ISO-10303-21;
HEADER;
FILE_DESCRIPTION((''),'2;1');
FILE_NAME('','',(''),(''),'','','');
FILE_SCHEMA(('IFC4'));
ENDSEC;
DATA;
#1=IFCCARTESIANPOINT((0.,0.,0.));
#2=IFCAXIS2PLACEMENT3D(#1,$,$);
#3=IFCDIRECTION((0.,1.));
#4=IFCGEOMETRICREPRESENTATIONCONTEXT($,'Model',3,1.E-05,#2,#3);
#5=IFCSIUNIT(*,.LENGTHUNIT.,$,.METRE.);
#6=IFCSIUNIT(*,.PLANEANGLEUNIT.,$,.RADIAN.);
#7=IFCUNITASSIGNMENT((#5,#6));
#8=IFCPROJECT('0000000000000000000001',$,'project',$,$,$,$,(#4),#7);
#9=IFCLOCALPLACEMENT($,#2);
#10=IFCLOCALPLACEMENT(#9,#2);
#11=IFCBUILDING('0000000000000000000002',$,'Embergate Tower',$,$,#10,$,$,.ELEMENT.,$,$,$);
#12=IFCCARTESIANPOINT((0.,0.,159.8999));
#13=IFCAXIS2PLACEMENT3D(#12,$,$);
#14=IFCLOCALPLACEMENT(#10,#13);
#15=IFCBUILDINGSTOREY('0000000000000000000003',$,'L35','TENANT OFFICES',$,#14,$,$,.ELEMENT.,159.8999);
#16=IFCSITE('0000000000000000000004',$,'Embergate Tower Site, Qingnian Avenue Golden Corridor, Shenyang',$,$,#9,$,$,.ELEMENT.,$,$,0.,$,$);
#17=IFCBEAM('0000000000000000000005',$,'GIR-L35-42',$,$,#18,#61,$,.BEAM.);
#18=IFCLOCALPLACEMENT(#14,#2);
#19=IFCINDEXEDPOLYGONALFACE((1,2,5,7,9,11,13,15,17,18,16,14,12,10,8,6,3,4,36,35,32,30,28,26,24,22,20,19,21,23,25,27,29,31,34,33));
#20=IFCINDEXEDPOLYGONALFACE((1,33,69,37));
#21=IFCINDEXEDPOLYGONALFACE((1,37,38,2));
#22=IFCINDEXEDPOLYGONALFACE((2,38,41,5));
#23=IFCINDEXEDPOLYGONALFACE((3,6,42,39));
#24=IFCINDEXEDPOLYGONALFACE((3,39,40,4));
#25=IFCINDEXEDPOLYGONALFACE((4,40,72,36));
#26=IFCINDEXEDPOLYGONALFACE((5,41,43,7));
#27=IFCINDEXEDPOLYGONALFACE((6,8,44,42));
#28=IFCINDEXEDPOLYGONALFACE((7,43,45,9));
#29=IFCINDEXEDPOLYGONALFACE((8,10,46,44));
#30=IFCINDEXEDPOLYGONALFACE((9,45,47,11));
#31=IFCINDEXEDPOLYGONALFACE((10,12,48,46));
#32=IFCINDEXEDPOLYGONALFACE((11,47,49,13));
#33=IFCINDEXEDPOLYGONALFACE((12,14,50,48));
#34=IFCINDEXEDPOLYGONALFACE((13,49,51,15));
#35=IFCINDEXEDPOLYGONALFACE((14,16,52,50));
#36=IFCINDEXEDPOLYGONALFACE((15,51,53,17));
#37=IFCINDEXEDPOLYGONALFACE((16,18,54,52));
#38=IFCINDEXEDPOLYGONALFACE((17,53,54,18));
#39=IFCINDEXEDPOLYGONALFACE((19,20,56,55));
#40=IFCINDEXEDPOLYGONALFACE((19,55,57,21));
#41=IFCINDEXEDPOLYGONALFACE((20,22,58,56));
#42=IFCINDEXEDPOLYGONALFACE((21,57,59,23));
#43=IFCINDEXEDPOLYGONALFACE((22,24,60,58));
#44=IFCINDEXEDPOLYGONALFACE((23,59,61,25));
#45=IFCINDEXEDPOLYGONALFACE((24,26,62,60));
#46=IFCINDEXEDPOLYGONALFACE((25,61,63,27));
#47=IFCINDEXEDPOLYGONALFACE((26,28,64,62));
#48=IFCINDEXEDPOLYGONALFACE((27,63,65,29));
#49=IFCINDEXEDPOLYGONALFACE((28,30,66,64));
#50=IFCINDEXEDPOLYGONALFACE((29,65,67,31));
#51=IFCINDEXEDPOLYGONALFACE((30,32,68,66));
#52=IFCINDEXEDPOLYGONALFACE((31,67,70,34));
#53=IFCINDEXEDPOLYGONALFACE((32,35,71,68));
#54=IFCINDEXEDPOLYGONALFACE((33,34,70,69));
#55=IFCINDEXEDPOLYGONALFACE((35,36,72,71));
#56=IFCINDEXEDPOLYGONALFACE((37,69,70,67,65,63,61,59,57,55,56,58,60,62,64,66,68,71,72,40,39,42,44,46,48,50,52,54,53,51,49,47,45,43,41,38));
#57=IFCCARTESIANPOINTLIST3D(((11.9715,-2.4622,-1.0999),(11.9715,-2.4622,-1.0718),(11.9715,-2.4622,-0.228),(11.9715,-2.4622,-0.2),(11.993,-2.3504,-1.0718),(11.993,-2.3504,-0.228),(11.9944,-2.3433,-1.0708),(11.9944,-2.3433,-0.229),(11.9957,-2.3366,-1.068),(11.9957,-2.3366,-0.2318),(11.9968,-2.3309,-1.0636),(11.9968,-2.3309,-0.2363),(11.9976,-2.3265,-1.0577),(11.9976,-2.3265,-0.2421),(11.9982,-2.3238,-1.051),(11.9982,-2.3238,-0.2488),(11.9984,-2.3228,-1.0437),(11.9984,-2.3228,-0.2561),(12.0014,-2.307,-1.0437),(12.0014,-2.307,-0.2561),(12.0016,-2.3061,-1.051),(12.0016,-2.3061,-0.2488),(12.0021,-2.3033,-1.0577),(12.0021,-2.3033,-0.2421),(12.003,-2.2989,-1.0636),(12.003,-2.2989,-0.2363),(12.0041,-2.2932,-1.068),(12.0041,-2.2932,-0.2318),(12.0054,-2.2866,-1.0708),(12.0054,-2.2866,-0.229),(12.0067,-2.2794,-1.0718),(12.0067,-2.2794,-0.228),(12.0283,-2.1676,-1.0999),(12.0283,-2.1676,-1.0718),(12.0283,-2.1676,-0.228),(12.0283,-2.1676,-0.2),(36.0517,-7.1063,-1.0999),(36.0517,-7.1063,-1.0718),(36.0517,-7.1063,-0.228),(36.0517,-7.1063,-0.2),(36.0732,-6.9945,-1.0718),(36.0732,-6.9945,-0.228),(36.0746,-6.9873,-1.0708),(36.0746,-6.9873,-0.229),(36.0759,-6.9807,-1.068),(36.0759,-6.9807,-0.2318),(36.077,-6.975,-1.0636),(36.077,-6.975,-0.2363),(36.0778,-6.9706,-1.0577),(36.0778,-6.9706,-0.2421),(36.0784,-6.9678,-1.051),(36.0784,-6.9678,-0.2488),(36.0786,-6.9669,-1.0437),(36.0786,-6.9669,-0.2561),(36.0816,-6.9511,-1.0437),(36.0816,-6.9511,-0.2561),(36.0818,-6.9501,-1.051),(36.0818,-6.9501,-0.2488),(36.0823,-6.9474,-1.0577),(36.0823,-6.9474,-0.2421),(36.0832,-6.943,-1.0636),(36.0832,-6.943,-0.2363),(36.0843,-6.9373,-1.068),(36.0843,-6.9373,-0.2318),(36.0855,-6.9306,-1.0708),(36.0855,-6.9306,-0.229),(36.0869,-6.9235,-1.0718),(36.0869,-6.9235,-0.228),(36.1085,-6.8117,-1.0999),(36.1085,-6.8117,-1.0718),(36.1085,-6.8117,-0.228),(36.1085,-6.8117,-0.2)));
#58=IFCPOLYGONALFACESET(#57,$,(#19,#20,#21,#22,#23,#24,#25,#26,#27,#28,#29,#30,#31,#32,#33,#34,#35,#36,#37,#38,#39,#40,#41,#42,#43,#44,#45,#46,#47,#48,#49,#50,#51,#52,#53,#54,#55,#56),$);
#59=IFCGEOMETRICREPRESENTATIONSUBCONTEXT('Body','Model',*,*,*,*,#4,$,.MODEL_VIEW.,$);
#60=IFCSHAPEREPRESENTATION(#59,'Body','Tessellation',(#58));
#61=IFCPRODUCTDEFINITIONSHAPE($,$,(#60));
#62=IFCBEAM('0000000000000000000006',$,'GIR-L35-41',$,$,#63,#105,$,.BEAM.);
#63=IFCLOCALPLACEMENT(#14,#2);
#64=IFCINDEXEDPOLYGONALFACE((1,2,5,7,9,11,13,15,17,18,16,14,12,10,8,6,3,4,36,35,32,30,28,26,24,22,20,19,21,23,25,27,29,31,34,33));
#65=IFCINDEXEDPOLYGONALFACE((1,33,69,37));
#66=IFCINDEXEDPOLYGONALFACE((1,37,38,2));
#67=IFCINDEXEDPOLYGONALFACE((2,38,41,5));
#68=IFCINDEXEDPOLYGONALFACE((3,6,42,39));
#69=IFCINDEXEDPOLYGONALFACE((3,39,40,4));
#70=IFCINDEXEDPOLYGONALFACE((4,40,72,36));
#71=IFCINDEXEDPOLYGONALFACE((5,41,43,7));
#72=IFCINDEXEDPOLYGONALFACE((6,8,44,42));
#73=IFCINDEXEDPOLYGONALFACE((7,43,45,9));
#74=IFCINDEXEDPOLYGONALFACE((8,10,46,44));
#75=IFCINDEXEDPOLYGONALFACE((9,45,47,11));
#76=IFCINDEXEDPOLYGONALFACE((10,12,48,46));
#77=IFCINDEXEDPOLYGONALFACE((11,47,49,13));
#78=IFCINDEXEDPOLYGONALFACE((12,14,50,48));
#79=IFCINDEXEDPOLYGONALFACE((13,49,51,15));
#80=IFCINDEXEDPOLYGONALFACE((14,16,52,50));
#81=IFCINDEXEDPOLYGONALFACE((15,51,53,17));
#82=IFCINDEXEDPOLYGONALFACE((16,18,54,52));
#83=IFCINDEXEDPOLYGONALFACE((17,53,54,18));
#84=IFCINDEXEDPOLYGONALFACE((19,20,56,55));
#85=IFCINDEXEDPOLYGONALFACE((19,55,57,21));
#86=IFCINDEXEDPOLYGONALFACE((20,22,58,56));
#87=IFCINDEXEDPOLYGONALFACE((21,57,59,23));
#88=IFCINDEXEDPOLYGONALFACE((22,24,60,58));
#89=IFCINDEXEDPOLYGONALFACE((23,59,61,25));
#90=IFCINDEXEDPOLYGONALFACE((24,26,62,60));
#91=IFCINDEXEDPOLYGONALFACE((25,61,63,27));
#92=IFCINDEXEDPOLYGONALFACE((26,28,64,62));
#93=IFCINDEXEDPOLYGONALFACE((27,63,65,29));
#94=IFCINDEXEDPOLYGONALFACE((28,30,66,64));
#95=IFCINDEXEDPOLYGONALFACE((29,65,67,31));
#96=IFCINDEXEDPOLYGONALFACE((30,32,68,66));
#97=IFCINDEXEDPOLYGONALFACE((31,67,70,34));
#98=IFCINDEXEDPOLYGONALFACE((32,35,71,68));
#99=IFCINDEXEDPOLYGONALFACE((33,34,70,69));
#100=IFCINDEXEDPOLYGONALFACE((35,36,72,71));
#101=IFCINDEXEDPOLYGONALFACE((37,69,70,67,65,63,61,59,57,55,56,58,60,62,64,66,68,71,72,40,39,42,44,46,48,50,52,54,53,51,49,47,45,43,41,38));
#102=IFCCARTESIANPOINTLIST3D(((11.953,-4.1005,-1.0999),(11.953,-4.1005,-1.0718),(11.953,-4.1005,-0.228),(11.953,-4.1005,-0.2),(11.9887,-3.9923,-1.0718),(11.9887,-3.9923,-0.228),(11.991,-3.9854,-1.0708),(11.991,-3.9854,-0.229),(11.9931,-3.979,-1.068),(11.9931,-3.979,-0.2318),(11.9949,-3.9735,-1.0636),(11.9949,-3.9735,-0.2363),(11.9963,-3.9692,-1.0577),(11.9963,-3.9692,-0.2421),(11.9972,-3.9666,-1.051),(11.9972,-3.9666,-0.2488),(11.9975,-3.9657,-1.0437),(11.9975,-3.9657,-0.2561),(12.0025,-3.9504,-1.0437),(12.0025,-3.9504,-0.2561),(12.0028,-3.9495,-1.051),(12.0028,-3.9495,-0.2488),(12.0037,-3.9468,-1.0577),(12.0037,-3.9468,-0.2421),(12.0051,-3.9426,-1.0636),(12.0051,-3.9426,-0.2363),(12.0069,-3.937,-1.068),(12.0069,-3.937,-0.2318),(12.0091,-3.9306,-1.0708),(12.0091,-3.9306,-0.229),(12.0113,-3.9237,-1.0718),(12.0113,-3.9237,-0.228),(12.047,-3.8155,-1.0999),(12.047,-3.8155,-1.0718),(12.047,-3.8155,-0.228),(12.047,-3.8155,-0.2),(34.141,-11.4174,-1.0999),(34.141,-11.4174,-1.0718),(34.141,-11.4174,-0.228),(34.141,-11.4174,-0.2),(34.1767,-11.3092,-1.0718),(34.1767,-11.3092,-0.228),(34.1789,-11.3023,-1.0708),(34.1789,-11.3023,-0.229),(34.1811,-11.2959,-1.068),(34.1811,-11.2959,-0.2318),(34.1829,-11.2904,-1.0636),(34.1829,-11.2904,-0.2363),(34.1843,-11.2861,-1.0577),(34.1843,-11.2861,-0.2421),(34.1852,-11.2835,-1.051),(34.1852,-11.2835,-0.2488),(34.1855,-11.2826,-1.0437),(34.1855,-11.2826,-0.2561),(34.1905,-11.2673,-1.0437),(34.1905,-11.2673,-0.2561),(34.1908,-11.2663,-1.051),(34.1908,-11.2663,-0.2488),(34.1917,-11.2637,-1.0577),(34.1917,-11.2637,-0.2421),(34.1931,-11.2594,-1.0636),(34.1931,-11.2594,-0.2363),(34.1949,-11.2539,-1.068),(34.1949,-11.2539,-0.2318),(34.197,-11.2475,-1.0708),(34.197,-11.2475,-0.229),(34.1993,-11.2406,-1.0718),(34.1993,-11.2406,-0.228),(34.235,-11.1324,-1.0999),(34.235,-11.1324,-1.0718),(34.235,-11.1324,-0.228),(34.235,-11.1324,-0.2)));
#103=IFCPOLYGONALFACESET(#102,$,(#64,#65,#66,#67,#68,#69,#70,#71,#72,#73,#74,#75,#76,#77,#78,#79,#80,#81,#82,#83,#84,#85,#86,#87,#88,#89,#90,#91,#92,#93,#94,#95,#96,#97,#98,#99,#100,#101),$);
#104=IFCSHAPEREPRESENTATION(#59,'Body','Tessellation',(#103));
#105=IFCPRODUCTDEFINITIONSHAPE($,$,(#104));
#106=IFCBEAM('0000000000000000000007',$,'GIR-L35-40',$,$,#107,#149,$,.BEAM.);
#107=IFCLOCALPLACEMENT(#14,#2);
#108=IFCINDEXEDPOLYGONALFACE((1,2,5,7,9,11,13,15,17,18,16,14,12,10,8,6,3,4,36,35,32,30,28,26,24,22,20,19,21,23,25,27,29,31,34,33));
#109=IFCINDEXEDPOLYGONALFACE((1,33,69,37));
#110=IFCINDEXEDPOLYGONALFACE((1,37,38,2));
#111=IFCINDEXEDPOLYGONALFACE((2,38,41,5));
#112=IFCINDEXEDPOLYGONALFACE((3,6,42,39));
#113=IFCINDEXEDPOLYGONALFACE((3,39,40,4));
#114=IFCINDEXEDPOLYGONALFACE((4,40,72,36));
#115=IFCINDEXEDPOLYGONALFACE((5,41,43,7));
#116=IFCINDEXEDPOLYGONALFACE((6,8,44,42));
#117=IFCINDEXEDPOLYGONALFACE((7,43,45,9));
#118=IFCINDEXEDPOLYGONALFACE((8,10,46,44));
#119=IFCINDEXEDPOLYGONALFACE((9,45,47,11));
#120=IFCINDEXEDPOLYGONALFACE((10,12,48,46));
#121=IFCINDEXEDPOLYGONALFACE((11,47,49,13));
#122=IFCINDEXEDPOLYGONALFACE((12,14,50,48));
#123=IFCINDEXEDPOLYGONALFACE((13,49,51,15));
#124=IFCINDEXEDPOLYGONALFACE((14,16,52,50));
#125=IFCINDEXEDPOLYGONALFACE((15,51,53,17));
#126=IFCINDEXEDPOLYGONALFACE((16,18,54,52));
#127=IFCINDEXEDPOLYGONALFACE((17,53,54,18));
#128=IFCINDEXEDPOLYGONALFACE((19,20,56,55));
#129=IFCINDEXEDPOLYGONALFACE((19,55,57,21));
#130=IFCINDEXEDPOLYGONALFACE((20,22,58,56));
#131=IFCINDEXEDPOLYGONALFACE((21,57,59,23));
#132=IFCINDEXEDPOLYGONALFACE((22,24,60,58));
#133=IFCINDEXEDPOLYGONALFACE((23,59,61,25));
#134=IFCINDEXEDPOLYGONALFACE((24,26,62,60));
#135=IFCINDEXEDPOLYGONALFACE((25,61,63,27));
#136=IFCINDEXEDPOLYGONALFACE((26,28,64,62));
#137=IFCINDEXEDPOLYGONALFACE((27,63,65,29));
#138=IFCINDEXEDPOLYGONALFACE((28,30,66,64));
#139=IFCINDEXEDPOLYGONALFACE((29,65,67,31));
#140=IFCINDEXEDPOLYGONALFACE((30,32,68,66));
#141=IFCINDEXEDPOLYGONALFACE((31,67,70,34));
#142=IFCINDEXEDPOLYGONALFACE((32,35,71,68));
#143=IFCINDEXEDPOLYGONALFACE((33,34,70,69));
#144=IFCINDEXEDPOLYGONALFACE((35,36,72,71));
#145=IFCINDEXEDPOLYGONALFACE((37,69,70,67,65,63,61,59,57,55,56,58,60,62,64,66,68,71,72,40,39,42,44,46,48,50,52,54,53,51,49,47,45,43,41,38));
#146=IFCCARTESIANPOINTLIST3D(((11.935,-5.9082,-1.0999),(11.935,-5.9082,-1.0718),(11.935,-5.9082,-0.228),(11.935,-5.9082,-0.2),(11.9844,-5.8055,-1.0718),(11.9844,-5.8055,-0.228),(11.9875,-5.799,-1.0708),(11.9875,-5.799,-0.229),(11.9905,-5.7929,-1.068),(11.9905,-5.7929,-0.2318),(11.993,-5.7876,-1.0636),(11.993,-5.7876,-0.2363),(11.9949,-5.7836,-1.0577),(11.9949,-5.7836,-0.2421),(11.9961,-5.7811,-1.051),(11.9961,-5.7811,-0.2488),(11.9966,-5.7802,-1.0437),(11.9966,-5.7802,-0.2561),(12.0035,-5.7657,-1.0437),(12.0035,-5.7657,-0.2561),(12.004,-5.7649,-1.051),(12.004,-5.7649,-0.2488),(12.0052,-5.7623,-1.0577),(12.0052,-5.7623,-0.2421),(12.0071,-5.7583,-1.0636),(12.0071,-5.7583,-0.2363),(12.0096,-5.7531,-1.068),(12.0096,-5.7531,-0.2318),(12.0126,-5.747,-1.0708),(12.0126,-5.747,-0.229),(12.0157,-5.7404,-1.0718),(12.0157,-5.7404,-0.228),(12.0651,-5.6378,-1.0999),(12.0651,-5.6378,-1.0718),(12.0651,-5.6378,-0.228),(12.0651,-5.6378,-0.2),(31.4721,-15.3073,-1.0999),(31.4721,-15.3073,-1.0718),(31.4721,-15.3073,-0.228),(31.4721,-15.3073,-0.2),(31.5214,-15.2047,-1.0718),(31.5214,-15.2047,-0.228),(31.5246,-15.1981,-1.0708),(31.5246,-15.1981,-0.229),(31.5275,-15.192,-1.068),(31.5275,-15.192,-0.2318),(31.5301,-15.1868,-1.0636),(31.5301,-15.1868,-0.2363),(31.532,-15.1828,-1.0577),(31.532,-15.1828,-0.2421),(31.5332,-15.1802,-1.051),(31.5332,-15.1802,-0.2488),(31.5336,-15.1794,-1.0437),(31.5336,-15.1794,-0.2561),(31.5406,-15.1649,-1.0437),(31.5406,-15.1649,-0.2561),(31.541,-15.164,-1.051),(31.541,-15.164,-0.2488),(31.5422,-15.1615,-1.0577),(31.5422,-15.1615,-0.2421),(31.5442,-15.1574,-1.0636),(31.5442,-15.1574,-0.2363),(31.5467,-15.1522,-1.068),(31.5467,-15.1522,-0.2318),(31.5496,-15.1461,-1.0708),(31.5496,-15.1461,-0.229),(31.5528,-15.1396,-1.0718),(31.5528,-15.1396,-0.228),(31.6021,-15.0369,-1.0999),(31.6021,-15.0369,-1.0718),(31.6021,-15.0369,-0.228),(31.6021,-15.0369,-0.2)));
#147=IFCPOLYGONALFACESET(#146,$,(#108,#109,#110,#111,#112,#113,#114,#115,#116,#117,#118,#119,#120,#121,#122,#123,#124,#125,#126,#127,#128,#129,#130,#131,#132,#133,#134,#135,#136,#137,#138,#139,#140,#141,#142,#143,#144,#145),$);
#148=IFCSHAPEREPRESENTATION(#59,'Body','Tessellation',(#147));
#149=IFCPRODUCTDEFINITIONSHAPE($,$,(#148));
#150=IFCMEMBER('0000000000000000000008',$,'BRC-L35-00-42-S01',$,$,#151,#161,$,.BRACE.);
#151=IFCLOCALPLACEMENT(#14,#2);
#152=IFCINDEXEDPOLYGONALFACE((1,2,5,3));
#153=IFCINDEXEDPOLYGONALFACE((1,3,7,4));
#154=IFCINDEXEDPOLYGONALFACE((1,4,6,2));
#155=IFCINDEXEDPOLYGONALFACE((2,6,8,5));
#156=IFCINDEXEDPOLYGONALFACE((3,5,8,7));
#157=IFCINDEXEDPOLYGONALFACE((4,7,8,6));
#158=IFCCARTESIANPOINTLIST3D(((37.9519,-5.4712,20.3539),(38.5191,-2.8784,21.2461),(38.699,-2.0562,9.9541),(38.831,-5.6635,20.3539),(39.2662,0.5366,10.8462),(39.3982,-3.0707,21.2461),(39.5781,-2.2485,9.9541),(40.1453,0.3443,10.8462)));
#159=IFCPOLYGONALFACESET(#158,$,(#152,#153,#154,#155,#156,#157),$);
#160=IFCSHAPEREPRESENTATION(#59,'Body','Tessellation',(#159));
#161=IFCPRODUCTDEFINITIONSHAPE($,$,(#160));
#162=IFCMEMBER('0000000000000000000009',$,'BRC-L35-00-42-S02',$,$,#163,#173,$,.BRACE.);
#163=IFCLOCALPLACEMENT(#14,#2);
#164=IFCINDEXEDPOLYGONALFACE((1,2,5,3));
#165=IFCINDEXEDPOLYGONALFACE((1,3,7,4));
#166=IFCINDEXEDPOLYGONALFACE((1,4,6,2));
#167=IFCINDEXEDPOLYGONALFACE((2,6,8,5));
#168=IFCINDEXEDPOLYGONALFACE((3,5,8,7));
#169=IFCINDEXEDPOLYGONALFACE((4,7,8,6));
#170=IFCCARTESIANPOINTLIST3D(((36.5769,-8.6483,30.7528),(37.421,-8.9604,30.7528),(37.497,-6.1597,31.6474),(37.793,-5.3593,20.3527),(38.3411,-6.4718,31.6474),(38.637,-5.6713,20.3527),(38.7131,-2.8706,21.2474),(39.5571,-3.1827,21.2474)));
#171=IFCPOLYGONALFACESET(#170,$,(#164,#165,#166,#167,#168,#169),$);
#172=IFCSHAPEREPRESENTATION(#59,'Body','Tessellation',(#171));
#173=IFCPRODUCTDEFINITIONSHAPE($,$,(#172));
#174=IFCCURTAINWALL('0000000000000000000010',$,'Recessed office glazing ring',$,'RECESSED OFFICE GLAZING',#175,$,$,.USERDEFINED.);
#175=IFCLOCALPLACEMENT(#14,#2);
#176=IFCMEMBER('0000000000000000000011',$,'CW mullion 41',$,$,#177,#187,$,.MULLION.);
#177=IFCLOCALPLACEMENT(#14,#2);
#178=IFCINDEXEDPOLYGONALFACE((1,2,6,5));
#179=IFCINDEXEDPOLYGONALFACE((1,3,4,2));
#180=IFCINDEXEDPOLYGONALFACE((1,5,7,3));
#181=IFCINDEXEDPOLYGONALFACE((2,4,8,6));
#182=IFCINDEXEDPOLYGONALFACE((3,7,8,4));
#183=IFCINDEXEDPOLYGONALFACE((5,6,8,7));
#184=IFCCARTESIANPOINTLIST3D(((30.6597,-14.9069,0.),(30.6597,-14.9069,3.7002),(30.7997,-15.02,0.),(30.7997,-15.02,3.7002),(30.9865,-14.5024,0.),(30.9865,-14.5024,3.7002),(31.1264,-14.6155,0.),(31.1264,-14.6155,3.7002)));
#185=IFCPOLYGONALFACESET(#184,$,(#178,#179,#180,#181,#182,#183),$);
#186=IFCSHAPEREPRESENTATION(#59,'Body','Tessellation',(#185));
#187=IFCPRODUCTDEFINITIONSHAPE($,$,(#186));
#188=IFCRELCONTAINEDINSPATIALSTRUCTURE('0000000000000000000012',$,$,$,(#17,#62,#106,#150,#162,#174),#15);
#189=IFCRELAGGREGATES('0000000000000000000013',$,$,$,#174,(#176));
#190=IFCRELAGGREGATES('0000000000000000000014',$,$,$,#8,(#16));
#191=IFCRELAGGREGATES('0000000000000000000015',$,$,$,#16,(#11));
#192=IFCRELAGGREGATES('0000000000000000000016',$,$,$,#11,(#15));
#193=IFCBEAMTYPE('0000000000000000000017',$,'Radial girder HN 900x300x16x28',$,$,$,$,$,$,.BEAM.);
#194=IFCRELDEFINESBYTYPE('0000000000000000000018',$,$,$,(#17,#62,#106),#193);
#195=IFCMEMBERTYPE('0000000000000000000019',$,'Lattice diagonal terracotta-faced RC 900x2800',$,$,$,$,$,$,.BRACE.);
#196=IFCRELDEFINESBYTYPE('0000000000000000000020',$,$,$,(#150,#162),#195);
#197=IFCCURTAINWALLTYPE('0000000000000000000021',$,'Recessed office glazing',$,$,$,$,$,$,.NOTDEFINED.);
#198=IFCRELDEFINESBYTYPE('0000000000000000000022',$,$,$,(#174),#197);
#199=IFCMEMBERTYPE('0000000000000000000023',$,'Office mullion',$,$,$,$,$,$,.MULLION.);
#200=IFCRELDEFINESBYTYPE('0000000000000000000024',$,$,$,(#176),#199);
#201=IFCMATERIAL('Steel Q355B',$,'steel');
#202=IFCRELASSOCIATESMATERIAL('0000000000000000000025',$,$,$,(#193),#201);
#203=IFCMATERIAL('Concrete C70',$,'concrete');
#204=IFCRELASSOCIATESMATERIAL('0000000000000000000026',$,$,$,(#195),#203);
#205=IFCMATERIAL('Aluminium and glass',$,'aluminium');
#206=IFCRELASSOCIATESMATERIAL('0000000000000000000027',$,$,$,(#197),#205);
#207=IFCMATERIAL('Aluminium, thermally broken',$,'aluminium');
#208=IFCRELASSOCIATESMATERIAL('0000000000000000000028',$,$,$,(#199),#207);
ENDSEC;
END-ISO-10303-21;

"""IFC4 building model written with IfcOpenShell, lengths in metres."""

from ifc_helpers import new_model, si_unit, direction, frame, origin, origin_2d, place, context, subcontext, project, spatial, rectangle, i_section, extrude, source, transform, mapped, material, material_profile, profile_set, type_object, element, aggregate, save


model = new_model("IFC4")

# Units and contexts
model_context = context("Model", 3, precision=1e-05, world=origin(), true_north=direction((0.0, 1.0)))
body_context = subcontext(model_context, "Body", "Model", "MODEL_VIEW")
ifc_project = project(units=[si_unit("LENGTHUNIT", "METRE"), si_unit("PLANEANGLEUNIT", "RADIAN")], contexts=[model_context])

# Site, building, storey
site_placement = place(None, origin())
site = spatial("IfcSite", under=ifc_project, at=site_placement, Name="Embergate Tower Site, Qingnian Avenue Golden Corridor, Shenyang", CompositionType="ELEMENT", RefElevation=0.0)
building_placement = place(site_placement, origin())
building = spatial("IfcBuilding", under=site, at=building_placement, Name="Embergate Tower", CompositionType="ELEMENT")
storey_placement = place(building_placement, frame((0.0, 0.0, 159.8999)))
storey = spatial("IfcBuildingStorey", under=building, at=storey_placement, Name="L35", Description="TENANT OFFICES", CompositionType="ELEMENT", Elevation=159.8999)

# Shared definitions
ifc_material_1 = material(Name="Concrete C70", Category="concrete")

# Beams
ifc_material_2 = material(Name="Steel Q355B", Category="steel")
ifc_material_profile_1 = material_profile(ifc_material_2, i_section(OverallWidth=0.3, OverallDepth=0.8999, WebThickness=0.0161, FlangeThickness=0.0281, FilletRadius=0.0281, at=origin_2d()), Name="HN 900x300x16x28")
ifc_profile_set_1 = profile_set([ifc_material_profile_1], Name="Steel Q355 grade B")
beam_type_1 = type_object("IfcBeamType", Name="Radial girder HN 900x300x16x28", PredefinedType="BEAM", material=ifc_profile_set_1)
shared_shape_1 = source(origin(), body_context, "Body", "SweptSolid", [
    extrude(i_section(OverallWidth=0.3, OverallDepth=0.8999, WebThickness=0.0161, FlangeThickness=0.0281, FilletRadius=0.0281, at=origin_2d()), origin(), (0.0, 0.0, 1.0), 24.5239),
])
beam_1_placement = place(storey_placement, frame((36.0801, -6.959, -0.6499), z_axis=(-0.981906, 0.189369, 0.0), x_axis=(-0.189369, -0.981906, 0.0)))
element("IfcBeam", 1, at=beam_1_placement, inside=storey, type_object=beam_type_1, Name="GIR-L35-42", PredefinedType="BEAM", context=body_context, shape_type="MappedRepresentation", body=[
    mapped(shared_shape_1, transform((0.0, 0.0, 0.0))),
])
shared_shape_2 = source(origin(), body_context, "Body", "SweptSolid", [
    extrude(i_section(OverallWidth=0.3, OverallDepth=0.8999, WebThickness=0.0161, FlangeThickness=0.0281, FilletRadius=0.0281, at=origin_2d()), origin(), (0.0, 0.0, 1.0), 23.3633),
])
beam_2_placement = place(storey_placement, frame((34.188, -11.2749, -0.6499), z_axis=(-0.949694, 0.313179, 0.0), x_axis=(-0.313179, -0.949694, 0.0)))
element("IfcBeam", 2, at=beam_2_placement, inside=storey, type_object=beam_type_1, Name="GIR-L35-41", PredefinedType="BEAM", context=body_context, shape_type="MappedRepresentation", body=[
    mapped(shared_shape_2, transform((0.0, 0.0, 0.0))),
])
shared_shape_3 = source(origin(), body_context, "Body", "SweptSolid", [
    extrude(i_section(OverallWidth=0.3, OverallDepth=0.8999, WebThickness=0.0161, FlangeThickness=0.0281, FilletRadius=0.0281, at=origin_2d()), origin(), (0.0, 0.0, 1.0), 21.6804),
])
beam_3_placement = place(storey_placement, frame((31.5371, -15.1721, -0.6499), z_axis=(-0.901138, 0.433532, 0.0), x_axis=(-0.433532, -0.901138, 0.0)))
element("IfcBeam", 3, at=beam_3_placement, inside=storey, type_object=beam_type_1, Name="GIR-L35-40", PredefinedType="BEAM", context=body_context, shape_type="MappedRepresentation", body=[
    mapped(shared_shape_3, transform((0.0, 0.0, 0.0))),
])

# Members
ifc_material_profile_2 = material_profile(ifc_material_1, rectangle(XDim=0.8999, YDim=2.8, at=origin_2d()), Name="RC 900x2800")
ifc_profile_set_2 = profile_set([ifc_material_profile_2], Name="Concrete C70")
member_type_1 = type_object("IfcMemberType", Name="Lattice diagonal terracotta-faced RC 900x2800", PredefinedType="BRACE", material=ifc_profile_set_2)
shared_shape_4 = source(origin(), body_context, "Body", "SweptSolid", [
    extrude(rectangle(XDim=0.8999, YDim=2.8, at=origin_2d()), origin(), (0.0, 0.0, 1.0), 10.9717),
])
member_1_placement = place(storey_placement, frame((39.4221, -0.856, 10.4001), z_axis=(-0.068091, -0.311258, 0.947883), x_axis=(0.976898, -0.213705, 0.0)))
element("IfcMember", 4, at=member_1_placement, inside=storey, type_object=member_type_1, Name="BRC-L35-00-42-S01", PredefinedType="BRACE", context=body_context, shape_type="MappedRepresentation", body=[
    mapped(shared_shape_4, transform((0.0, 0.0, 0.0))),
])
shared_shape_5 = source(origin(), body_context, "Body", "SweptSolid", [
    extrude(rectangle(XDim=0.8999, YDim=2.8, at=origin_2d()), origin(), (0.0, 0.0, 1.0), 10.9753),
])
member_2_placement = place(storey_placement, frame((38.675, -4.271, 20.8), z_axis=(-0.110799, -0.299675, 0.947585), x_axis=(0.937944, -0.346786, 0.0)))
element("IfcMember", 5, at=member_2_placement, inside=storey, type_object=member_type_1, Name="BRC-L35-00-42-S02", PredefinedType="BRACE", context=body_context, shape_type="MappedRepresentation", body=[
    mapped(shared_shape_5, transform((0.0, 0.0, 0.0))),
])

# Curtain wall, member
ifc_material_3 = material(Name="Aluminium and glass", Category="aluminium")
curtain_wall_type = type_object("IfcCurtainWallType", Name="Recessed office glazing", PredefinedType="NOTDEFINED", material=ifc_material_3)
curtain_wall_placement = place(storey_placement, origin())
curtain_wall = element("IfcCurtainWall", 6, at=curtain_wall_placement, inside=storey, type_object=curtain_wall_type, Name="Recessed office glazing ring", ObjectType="RECESSED OFFICE GLAZING", PredefinedType="USERDEFINED")
ifc_material_4 = material(Name="Aluminium, thermally broken", Category="aluminium")
ifc_material_profile_3 = material_profile(ifc_material_4, rectangle(XDim=0.1799, YDim=0.52, at=origin_2d()), Name="AL 520x180")
ifc_profile_set_3 = profile_set([ifc_material_profile_3], Name="Aluminium, thermally broken")
member_type_2 = type_object("IfcMemberType", Name="Office mullion", PredefinedType="MULLION", material=ifc_profile_set_3)
shared_shape_6 = source(origin(), body_context, "Body", "SweptSolid", [
    extrude(rectangle(XDim=0.1799, YDim=0.52, at=origin_2d()), origin(), (0.0, 0.0, 1.0), 3.7002),
])
member_3_placement = place(storey_placement, frame((30.8931, -14.7612, 0.0), z_axis=(0.0, 0.0, 1.0), x_axis=(-0.777873, 0.628422, 0.0)))
member_3 = element("IfcMember", 7, at=member_3_placement, type_object=member_type_2, Name="CW mullion 41", PredefinedType="MULLION", context=body_context, shape_type="MappedRepresentation", body=[
    mapped(shared_shape_6, transform((0.0, 0.0, 0.0))),
])
aggregate(curtain_wall, [member_3])

save(model, "model.ifc")
